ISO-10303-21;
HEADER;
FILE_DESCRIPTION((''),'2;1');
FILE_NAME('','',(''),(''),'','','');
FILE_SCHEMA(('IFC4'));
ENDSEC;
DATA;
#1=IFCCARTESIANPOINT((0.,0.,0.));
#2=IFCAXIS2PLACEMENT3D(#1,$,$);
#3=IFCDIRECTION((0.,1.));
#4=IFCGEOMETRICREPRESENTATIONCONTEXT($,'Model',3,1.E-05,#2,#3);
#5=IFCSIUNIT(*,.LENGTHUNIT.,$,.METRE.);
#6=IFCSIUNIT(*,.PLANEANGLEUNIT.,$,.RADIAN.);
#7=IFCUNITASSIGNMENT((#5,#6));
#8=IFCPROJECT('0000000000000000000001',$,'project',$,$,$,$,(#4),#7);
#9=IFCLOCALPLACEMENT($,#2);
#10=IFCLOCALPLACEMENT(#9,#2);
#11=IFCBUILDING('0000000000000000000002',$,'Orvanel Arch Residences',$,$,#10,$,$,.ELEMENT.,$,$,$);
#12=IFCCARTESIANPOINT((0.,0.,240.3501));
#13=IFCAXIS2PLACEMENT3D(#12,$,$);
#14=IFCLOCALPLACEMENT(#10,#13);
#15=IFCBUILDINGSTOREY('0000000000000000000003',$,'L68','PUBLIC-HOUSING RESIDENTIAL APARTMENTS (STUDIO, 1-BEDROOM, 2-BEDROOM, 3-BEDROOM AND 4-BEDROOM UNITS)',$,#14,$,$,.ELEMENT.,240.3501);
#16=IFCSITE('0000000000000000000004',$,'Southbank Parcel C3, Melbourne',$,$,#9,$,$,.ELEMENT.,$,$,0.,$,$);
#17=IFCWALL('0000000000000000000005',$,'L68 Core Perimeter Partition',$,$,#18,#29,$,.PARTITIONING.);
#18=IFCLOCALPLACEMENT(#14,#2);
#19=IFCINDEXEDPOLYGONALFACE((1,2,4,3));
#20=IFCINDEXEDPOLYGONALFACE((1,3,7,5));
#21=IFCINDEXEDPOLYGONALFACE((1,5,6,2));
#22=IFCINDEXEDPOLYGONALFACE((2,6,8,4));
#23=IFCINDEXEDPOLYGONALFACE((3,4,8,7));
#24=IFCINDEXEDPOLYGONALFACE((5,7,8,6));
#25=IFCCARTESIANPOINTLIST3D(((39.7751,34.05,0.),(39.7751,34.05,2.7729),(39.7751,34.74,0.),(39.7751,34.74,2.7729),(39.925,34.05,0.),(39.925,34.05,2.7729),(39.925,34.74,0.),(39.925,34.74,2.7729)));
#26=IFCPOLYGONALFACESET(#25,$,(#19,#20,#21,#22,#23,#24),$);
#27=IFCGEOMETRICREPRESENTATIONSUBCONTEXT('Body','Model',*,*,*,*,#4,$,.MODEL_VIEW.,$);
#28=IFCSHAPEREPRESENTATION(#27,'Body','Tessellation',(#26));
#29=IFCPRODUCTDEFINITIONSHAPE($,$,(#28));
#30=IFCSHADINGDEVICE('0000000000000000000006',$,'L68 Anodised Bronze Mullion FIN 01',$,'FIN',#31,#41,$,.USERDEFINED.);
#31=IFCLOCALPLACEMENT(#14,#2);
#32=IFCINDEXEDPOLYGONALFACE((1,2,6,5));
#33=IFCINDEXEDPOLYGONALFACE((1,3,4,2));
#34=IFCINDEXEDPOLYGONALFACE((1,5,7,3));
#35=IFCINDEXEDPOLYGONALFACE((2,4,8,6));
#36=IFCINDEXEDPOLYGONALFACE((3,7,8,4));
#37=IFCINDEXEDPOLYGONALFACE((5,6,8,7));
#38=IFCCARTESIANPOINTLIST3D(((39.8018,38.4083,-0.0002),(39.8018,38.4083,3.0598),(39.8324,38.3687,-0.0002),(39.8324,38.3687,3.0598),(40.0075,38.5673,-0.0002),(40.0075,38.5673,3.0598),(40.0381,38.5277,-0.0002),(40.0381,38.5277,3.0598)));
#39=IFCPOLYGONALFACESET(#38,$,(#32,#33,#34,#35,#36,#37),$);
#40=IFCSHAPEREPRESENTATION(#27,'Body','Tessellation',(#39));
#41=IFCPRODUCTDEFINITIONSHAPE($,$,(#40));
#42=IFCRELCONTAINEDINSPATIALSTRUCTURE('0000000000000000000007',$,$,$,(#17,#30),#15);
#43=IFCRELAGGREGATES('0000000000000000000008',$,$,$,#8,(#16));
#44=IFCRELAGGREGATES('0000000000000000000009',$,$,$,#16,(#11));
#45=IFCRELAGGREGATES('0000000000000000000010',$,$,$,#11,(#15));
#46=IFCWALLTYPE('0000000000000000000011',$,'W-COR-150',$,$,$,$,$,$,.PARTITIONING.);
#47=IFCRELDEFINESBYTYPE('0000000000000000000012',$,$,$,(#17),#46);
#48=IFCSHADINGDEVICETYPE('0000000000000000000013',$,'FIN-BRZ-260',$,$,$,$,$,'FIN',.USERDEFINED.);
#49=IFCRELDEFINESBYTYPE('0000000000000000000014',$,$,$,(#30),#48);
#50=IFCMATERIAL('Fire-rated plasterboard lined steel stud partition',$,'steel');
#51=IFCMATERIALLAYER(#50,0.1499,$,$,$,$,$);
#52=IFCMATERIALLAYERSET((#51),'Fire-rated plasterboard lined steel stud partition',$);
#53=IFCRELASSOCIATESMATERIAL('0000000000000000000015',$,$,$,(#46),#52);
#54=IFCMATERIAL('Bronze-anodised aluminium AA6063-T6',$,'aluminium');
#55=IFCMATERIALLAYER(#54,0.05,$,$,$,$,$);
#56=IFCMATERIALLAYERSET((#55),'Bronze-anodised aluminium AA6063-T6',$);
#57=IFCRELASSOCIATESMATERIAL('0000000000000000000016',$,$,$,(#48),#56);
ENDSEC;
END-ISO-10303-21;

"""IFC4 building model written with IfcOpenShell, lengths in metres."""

from ifc_helpers import new_model, si_unit, direction, frame, frame_2d, origin, origin_2d, place, context, subcontext, project, spatial, rectangle, extrude, material, layer, layer_set, type_object, element, save


model = new_model("IFC4")

# Units and contexts
model_context = context("Model", 3, precision=1e-05, world=origin(), true_north=direction((0.0, 1.0)))
body_context = subcontext(model_context, "Body", "Model", "MODEL_VIEW")
ifc_project = project(units=[si_unit("LENGTHUNIT", "METRE"), si_unit("PLANEANGLEUNIT", "RADIAN")], contexts=[model_context])

# Site, building, storey
site_placement = place(None, origin())
site = spatial("IfcSite", under=ifc_project, at=site_placement, Name="Southbank Parcel C3, Melbourne", CompositionType="ELEMENT", RefElevation=0.0)
building_placement = place(site_placement, origin())
building = spatial("IfcBuilding", under=site, at=building_placement, Name="Orvanel Arch Residences", CompositionType="ELEMENT")
storey_placement = place(building_placement, frame((0.0, 0.0, 240.3501)))
storey = spatial("IfcBuildingStorey", under=building, at=storey_placement, Name="L68", Description="PUBLIC-HOUSING RESIDENTIAL APARTMENTS (STUDIO, 1-BEDROOM, 2-BEDROOM, 3-BEDROOM AND 4-BEDROOM UNITS)", CompositionType="ELEMENT", Elevation=240.3501)

# Shared definitions
ifc_material_1 = material(Name="Bronze-anodised aluminium AA6063-T6", Category="aluminium")

# Wall
ifc_material_2 = material(Name="Fire-rated plasterboard lined steel stud partition", Category="steel")
ifc_layer_1 = layer(ifc_material_2, 0.1499)
ifc_layer_set_1 = layer_set([ifc_layer_1], Name="Fire-rated plasterboard lined steel stud partition")
wall_type_1 = type_object("IfcWallType", Name="W-COR-150", PredefinedType="PARTITIONING", material=ifc_layer_set_1)
wall_1_placement = place(storey_placement, frame((39.8501, 34.74, 0.0), z_axis=(0.0, 0.0, 1.0), x_axis=(0.0, -1.0, 0.0)))
element("IfcWall", 1, at=wall_1_placement, inside=storey, type_object=wall_type_1, Name="L68 Core Perimeter Partition", PredefinedType="PARTITIONING", context=body_context, shape_type="SweptSolid", body=[
    extrude(rectangle(XDim=0.6899, YDim=0.1499, at=frame_2d((0.345, 0.0))), origin(), (0.0, 0.0, 1.0), 2.7729),
])

# Shading device
ifc_layer_2 = layer(ifc_material_1, 0.05)
ifc_layer_set_2 = layer_set([ifc_layer_2], Name="Bronze-anodised aluminium AA6063-T6")
shading_device_type = type_object("IfcShadingDeviceType", Name="FIN-BRZ-260", ElementType="FIN", PredefinedType="USERDEFINED", material=ifc_layer_set_2)
shading_device_placement = place(storey_placement, frame((39.9199, 38.468, -0.0002), z_axis=(0.0, 0.0, 1.0), x_axis=(0.791224, 0.611527, 0.0)))
element("IfcShadingDevice", 2, at=shading_device_placement, inside=storey, type_object=shading_device_type, Name="L68 Anodised Bronze Mullion FIN 01", ObjectType="FIN", PredefinedType="USERDEFINED", context=body_context, shape_type="SweptSolid", body=[
    extrude(rectangle(XDim=0.26, YDim=0.05, at=origin_2d()), origin(), (0.0, 0.0, 1.0), 3.0601),
])

save(model, "model.ifc")
